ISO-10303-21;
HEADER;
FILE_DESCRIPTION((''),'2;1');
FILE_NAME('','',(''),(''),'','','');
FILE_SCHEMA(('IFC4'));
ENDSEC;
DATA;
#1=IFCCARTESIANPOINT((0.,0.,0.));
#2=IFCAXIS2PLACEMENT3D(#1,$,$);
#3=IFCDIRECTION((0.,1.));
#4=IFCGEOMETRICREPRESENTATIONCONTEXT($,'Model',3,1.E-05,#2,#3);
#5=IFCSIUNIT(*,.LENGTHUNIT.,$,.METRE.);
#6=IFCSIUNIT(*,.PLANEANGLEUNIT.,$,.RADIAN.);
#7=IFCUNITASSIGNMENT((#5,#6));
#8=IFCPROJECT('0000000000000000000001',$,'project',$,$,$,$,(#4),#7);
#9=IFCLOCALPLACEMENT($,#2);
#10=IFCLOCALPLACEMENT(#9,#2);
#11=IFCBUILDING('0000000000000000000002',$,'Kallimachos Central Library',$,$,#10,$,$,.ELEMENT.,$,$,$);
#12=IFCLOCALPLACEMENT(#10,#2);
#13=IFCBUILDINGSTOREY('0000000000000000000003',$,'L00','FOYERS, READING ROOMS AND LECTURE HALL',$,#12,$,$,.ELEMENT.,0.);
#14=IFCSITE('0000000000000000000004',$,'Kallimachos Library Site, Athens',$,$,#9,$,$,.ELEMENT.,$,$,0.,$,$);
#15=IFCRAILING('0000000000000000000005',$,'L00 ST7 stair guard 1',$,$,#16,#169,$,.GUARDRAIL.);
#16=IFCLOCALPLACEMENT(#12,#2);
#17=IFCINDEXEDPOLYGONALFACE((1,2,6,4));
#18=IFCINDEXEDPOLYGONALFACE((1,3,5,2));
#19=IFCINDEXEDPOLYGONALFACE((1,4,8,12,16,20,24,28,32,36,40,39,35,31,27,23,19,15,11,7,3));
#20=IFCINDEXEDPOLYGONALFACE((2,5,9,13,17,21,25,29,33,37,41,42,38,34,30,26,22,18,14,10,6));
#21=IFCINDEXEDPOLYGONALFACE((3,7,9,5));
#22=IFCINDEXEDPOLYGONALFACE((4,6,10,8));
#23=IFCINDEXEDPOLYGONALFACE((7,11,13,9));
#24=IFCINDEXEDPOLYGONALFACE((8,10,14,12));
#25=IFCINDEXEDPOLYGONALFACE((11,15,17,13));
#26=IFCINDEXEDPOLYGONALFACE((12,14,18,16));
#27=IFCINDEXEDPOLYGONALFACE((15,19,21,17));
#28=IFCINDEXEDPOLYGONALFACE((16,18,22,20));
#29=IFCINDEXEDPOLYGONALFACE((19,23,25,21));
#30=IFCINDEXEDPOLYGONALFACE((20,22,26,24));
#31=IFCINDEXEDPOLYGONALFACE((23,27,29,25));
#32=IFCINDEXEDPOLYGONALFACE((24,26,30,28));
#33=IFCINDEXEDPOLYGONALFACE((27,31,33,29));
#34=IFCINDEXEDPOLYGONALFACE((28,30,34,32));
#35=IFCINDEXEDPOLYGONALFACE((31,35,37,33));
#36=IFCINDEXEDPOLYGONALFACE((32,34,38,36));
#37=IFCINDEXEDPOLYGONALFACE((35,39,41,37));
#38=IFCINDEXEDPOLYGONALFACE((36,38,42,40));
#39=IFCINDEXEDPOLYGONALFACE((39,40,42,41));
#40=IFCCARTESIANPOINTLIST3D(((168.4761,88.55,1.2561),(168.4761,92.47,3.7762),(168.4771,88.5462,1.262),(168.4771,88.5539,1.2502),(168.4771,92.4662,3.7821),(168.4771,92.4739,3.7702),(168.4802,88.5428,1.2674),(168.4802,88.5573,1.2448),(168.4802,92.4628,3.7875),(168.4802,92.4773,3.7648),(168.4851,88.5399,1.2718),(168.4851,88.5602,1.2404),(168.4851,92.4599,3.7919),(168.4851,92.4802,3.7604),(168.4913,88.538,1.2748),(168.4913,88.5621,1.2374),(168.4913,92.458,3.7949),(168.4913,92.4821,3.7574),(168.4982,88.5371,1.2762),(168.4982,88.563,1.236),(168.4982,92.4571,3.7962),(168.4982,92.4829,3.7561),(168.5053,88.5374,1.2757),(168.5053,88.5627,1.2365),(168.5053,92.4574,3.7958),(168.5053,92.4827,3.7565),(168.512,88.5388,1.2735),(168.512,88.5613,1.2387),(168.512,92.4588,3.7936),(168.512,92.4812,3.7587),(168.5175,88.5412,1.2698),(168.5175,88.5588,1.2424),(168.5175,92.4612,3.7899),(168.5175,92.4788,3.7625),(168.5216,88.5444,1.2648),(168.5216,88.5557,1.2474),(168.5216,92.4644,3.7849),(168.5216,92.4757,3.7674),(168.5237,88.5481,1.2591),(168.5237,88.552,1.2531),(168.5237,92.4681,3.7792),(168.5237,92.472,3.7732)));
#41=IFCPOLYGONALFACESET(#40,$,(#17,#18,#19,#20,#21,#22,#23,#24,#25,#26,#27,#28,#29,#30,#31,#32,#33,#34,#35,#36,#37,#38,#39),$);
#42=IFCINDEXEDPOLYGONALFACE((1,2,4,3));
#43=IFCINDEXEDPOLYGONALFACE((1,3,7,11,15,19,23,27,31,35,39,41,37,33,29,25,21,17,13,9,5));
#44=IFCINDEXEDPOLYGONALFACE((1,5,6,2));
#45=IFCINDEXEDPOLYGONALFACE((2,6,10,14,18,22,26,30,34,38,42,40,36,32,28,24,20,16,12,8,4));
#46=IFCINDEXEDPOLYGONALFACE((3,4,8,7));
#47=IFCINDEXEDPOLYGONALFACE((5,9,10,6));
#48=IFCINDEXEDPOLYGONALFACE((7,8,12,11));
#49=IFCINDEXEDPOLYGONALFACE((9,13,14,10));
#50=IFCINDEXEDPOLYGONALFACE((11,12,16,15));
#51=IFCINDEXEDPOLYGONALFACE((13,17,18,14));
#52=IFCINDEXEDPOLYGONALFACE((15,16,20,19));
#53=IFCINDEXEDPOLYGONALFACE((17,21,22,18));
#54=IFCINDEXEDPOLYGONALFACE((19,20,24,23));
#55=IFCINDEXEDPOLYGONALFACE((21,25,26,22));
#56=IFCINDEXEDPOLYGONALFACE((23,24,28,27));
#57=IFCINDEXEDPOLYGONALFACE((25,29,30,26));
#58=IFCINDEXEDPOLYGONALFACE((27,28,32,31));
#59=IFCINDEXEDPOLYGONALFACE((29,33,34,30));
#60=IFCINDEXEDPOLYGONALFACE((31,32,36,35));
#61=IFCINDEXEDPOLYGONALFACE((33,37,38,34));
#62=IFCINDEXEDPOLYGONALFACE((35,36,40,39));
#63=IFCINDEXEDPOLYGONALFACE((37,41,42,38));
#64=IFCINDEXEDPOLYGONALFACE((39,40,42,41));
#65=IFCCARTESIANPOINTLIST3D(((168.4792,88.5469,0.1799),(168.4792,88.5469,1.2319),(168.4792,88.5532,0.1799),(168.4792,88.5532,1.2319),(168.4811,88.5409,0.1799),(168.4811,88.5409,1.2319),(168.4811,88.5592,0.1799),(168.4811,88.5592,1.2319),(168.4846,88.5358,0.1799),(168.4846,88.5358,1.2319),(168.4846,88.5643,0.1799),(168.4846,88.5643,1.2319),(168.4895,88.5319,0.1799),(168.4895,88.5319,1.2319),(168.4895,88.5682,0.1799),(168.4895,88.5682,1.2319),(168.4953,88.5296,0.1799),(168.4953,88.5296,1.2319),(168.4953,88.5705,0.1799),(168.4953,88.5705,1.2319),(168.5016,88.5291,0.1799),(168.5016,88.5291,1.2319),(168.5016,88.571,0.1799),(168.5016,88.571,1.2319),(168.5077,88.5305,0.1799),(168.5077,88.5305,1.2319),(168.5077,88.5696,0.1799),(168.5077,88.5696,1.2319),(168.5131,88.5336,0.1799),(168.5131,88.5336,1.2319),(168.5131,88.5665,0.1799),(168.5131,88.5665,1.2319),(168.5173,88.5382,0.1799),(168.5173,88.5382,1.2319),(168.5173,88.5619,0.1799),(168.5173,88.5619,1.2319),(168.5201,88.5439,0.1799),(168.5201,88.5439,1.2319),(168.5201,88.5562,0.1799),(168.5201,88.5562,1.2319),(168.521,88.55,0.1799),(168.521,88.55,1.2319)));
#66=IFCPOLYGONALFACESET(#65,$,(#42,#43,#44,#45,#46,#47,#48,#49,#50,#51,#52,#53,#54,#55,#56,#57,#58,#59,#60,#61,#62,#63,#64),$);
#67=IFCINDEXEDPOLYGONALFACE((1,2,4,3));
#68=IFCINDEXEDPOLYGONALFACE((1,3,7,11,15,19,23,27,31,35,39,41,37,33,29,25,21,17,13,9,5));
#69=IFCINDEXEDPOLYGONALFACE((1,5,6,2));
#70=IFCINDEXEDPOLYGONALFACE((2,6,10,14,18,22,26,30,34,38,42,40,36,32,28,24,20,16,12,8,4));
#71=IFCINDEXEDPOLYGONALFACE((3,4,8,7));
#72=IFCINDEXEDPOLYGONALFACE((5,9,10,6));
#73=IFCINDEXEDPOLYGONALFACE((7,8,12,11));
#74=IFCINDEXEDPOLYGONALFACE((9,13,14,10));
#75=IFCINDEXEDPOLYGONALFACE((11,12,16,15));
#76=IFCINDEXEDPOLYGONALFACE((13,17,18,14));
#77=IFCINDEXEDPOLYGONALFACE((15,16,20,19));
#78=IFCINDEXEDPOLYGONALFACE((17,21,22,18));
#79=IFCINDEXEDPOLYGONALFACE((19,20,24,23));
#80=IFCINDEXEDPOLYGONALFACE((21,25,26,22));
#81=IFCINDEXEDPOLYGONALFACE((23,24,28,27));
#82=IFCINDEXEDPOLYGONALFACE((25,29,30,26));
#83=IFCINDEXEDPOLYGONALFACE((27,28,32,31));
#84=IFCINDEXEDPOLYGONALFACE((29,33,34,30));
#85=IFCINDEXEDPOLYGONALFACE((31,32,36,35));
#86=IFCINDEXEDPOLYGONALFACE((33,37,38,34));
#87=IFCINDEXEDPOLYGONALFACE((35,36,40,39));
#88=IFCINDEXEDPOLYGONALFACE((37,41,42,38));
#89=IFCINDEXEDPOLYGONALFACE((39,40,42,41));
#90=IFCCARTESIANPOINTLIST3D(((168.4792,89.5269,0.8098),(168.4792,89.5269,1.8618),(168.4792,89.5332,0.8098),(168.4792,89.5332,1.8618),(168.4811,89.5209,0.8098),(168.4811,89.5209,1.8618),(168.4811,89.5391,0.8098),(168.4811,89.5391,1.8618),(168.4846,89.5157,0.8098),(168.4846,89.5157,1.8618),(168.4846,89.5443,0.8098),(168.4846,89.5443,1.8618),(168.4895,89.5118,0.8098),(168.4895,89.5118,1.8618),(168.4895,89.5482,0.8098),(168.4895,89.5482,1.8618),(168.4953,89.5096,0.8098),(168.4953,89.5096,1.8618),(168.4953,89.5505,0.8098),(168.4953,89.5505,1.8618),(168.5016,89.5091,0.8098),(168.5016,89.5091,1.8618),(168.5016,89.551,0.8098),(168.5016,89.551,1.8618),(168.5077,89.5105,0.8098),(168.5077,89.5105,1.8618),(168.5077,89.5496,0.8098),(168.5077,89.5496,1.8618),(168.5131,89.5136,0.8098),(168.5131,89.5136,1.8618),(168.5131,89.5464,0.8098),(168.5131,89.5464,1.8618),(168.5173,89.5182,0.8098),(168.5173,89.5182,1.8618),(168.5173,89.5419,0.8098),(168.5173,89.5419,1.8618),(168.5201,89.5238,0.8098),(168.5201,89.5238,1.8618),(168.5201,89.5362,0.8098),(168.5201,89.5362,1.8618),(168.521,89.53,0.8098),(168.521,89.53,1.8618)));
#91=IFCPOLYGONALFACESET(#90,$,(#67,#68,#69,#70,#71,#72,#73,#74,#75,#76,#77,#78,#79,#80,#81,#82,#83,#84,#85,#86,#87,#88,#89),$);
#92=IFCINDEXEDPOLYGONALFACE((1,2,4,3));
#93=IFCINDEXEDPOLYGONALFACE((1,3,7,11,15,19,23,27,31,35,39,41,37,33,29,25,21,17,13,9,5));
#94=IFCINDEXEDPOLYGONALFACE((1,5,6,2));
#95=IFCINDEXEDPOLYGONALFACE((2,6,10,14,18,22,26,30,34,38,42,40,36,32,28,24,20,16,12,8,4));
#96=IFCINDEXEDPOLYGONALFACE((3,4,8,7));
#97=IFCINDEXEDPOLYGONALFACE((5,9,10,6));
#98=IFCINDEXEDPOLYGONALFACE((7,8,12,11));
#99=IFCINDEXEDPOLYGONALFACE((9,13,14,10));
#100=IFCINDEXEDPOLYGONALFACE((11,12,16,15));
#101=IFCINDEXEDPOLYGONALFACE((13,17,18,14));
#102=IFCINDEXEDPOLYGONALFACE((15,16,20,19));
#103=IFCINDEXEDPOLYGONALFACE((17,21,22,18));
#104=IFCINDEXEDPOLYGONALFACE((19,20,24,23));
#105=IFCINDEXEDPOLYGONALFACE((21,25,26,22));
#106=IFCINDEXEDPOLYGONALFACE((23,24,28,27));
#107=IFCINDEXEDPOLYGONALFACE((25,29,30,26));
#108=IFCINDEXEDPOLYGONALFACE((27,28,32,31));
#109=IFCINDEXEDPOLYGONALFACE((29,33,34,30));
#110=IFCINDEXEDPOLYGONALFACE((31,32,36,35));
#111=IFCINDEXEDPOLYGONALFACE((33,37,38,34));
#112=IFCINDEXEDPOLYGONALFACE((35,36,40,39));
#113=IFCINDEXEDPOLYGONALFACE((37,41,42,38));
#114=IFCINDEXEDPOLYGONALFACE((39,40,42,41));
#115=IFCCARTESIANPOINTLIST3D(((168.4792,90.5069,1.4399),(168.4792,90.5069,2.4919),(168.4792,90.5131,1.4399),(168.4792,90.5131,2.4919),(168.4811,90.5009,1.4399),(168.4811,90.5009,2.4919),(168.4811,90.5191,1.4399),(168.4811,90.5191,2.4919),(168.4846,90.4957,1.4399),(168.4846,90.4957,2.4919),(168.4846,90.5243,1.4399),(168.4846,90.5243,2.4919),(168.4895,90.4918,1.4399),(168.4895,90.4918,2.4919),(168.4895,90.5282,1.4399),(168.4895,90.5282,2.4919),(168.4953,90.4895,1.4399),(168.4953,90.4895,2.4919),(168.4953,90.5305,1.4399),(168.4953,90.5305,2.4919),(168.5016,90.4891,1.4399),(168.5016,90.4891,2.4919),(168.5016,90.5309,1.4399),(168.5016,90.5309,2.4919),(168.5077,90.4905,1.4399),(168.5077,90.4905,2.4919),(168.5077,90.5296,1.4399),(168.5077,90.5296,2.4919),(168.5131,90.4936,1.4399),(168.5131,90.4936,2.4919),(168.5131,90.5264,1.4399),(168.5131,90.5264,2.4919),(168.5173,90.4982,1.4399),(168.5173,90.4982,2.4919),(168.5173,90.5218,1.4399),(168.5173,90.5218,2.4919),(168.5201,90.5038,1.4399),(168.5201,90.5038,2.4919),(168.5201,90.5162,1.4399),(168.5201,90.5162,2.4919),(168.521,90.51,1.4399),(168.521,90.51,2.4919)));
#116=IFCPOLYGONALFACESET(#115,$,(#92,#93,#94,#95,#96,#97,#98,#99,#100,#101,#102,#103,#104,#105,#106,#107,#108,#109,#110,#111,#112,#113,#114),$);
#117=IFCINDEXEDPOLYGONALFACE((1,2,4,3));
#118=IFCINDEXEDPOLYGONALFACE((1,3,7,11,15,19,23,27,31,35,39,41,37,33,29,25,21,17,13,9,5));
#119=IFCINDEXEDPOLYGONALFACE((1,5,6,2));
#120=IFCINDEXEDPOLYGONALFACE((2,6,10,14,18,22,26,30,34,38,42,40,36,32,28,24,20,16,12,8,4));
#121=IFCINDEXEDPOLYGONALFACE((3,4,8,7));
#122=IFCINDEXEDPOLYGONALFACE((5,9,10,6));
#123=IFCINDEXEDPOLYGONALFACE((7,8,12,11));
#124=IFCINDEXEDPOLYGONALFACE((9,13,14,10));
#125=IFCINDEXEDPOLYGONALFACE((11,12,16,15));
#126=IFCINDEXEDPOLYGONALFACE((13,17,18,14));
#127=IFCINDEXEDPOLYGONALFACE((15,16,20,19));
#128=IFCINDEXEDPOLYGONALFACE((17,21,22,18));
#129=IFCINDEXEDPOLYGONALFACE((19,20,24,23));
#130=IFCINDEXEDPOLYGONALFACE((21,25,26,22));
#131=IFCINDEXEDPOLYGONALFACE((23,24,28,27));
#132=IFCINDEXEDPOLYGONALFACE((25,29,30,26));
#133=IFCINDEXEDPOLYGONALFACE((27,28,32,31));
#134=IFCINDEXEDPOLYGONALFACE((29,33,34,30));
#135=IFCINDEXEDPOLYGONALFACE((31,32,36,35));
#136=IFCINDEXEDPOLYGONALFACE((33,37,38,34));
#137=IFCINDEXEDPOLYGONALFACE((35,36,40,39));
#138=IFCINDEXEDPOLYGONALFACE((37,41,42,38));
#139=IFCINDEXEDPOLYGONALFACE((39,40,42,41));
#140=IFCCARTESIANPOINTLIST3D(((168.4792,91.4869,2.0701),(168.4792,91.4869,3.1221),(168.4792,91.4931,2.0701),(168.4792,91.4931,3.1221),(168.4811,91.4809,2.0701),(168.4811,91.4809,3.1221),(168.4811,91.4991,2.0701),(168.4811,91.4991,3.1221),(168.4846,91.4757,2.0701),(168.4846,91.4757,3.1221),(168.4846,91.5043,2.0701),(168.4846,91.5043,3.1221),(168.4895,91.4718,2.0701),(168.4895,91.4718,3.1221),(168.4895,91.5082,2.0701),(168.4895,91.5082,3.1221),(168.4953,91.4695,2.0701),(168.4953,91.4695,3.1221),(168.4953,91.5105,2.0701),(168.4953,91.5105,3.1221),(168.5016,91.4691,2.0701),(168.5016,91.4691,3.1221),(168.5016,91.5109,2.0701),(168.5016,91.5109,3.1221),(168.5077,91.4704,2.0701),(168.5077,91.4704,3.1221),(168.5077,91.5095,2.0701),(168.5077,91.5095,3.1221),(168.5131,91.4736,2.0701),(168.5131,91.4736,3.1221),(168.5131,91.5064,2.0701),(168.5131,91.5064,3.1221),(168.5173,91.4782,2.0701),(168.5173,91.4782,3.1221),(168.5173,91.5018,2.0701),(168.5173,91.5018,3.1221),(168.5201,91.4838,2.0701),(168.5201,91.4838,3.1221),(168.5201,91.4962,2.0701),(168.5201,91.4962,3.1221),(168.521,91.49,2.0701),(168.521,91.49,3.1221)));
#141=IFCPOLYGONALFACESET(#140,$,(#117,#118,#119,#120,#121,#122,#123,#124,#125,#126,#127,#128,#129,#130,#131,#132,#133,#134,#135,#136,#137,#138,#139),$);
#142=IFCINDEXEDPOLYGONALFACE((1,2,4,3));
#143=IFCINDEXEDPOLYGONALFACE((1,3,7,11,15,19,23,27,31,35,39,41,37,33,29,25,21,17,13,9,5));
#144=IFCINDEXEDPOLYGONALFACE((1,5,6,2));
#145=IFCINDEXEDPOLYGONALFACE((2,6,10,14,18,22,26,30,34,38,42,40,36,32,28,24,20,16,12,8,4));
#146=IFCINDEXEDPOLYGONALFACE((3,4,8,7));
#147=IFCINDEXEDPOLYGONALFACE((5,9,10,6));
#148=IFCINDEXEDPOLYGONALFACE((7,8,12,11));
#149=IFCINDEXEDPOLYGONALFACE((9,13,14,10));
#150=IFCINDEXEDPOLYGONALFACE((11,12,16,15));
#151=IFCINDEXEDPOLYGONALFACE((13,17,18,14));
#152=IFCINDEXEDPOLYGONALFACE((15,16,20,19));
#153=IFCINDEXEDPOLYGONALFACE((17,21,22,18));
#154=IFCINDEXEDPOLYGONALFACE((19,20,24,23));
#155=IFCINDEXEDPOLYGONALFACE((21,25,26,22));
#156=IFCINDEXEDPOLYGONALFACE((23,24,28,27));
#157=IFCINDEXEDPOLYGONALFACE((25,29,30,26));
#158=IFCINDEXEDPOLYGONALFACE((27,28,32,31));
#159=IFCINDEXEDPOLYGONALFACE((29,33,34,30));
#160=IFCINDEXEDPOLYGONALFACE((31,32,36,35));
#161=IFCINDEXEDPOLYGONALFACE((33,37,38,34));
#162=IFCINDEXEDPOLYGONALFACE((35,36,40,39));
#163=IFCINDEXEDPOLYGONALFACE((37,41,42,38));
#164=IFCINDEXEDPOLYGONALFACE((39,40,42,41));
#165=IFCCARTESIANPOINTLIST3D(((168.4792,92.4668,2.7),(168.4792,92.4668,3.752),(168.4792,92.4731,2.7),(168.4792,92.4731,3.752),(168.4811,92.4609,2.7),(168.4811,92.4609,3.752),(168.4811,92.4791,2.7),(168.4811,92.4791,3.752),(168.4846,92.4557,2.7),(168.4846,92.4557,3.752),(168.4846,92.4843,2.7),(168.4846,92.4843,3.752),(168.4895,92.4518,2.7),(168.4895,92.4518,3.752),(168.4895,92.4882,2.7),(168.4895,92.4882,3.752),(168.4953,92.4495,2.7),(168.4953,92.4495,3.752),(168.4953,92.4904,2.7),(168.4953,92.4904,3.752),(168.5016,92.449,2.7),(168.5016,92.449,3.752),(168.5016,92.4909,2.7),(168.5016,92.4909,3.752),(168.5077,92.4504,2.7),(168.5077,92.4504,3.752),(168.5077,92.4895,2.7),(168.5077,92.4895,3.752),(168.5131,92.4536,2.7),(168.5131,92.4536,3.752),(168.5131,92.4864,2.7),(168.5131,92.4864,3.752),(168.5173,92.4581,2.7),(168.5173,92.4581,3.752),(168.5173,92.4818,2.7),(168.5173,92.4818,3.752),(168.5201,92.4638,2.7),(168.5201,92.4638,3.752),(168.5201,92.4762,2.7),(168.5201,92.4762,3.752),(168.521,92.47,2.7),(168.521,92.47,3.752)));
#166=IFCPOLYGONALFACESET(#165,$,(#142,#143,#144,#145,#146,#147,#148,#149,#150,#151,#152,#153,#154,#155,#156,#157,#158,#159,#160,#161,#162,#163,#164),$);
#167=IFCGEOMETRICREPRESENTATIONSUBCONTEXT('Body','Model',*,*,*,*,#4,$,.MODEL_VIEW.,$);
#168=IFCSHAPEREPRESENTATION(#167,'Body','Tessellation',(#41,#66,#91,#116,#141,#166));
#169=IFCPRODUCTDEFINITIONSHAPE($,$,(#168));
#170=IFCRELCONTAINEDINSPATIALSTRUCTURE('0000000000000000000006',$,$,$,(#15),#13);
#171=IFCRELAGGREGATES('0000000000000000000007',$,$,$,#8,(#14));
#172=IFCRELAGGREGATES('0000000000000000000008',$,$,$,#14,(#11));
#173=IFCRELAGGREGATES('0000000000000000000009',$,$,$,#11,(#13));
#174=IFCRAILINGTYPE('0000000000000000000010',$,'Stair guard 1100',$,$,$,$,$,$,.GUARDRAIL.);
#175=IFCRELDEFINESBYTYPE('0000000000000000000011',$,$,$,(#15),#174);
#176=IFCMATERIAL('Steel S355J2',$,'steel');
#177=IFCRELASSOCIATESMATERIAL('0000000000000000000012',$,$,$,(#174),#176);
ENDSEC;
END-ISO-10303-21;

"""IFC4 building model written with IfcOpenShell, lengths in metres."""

from ifc_helpers import new_model, si_unit, direction, frame, origin, origin_2d, place, context, subcontext, project, spatial, circle, extrude, material, type_object, element, save


model = new_model("IFC4")

# Units and contexts
model_context = context("Model", 3, precision=1e-05, world=origin(), true_north=direction((0.0, 1.0)))
body_context = subcontext(model_context, "Body", "Model", "MODEL_VIEW")
ifc_project = project(units=[si_unit("LENGTHUNIT", "METRE"), si_unit("PLANEANGLEUNIT", "RADIAN")], contexts=[model_context])

# Site, building, storey
site_placement = place(None, origin())
site = spatial("IfcSite", under=ifc_project, at=site_placement, Name="Kallimachos Library Site, Athens", CompositionType="ELEMENT", RefElevation=0.0)
building_placement = place(site_placement, origin())
building = spatial("IfcBuilding", under=site, at=building_placement, Name="Kallimachos Central Library", CompositionType="ELEMENT")
storey_placement = place(building_placement, origin())
storey = spatial("IfcBuildingStorey", under=building, at=storey_placement, Name="L00", Description="FOYERS, READING ROOMS AND LECTURE HALL", CompositionType="ELEMENT", Elevation=0.0)

# Railing
ifc_material_1 = material(Name="Steel S355J2", Category="steel")
railing_type_1 = type_object("IfcRailingType", Name="Stair guard 1100", PredefinedType="GUARDRAIL", material=ifc_material_1)
railing_1_placement = place(storey_placement, frame((168.5, 88.55, 0.1799)))
element("IfcRailing", 1, at=railing_1_placement, inside=storey, type_object=railing_type_1, Name="L00 ST7 stair guard 1", PredefinedType="GUARDRAIL", context=body_context, shape_type="SweptSolid", body=[
    extrude(circle(Radius=0.0239, at=origin_2d()), frame((0.0, 0.0, 1.0762), z_axis=(0.0, 0.841172, 0.540768), x_axis=(-1.0, 0.0, 0.0)), (0.0, 0.0, 1.0), 4.6602),
    extrude(circle(Radius=0.021, at=origin_2d()), origin(), (0.0, 0.0, 1.0), 1.052),
    extrude(circle(Radius=0.021, at=origin_2d()), frame((0.0, 0.98, 0.6299)), (0.0, 0.0, 1.0), 1.052),
    extrude(circle(Radius=0.021, at=origin_2d()), frame((0.0, 1.96, 1.26)), (0.0, 0.0, 1.0), 1.052),
    extrude(circle(Radius=0.021, at=origin_2d()), frame((0.0, 2.9399, 1.8901)), (0.0, 0.0, 1.0), 1.052),
    extrude(circle(Radius=0.021, at=origin_2d()), frame((0.0, 3.9199, 2.52)), (0.0, 0.0, 1.0), 1.052),
])

save(model, "model.ifc")
